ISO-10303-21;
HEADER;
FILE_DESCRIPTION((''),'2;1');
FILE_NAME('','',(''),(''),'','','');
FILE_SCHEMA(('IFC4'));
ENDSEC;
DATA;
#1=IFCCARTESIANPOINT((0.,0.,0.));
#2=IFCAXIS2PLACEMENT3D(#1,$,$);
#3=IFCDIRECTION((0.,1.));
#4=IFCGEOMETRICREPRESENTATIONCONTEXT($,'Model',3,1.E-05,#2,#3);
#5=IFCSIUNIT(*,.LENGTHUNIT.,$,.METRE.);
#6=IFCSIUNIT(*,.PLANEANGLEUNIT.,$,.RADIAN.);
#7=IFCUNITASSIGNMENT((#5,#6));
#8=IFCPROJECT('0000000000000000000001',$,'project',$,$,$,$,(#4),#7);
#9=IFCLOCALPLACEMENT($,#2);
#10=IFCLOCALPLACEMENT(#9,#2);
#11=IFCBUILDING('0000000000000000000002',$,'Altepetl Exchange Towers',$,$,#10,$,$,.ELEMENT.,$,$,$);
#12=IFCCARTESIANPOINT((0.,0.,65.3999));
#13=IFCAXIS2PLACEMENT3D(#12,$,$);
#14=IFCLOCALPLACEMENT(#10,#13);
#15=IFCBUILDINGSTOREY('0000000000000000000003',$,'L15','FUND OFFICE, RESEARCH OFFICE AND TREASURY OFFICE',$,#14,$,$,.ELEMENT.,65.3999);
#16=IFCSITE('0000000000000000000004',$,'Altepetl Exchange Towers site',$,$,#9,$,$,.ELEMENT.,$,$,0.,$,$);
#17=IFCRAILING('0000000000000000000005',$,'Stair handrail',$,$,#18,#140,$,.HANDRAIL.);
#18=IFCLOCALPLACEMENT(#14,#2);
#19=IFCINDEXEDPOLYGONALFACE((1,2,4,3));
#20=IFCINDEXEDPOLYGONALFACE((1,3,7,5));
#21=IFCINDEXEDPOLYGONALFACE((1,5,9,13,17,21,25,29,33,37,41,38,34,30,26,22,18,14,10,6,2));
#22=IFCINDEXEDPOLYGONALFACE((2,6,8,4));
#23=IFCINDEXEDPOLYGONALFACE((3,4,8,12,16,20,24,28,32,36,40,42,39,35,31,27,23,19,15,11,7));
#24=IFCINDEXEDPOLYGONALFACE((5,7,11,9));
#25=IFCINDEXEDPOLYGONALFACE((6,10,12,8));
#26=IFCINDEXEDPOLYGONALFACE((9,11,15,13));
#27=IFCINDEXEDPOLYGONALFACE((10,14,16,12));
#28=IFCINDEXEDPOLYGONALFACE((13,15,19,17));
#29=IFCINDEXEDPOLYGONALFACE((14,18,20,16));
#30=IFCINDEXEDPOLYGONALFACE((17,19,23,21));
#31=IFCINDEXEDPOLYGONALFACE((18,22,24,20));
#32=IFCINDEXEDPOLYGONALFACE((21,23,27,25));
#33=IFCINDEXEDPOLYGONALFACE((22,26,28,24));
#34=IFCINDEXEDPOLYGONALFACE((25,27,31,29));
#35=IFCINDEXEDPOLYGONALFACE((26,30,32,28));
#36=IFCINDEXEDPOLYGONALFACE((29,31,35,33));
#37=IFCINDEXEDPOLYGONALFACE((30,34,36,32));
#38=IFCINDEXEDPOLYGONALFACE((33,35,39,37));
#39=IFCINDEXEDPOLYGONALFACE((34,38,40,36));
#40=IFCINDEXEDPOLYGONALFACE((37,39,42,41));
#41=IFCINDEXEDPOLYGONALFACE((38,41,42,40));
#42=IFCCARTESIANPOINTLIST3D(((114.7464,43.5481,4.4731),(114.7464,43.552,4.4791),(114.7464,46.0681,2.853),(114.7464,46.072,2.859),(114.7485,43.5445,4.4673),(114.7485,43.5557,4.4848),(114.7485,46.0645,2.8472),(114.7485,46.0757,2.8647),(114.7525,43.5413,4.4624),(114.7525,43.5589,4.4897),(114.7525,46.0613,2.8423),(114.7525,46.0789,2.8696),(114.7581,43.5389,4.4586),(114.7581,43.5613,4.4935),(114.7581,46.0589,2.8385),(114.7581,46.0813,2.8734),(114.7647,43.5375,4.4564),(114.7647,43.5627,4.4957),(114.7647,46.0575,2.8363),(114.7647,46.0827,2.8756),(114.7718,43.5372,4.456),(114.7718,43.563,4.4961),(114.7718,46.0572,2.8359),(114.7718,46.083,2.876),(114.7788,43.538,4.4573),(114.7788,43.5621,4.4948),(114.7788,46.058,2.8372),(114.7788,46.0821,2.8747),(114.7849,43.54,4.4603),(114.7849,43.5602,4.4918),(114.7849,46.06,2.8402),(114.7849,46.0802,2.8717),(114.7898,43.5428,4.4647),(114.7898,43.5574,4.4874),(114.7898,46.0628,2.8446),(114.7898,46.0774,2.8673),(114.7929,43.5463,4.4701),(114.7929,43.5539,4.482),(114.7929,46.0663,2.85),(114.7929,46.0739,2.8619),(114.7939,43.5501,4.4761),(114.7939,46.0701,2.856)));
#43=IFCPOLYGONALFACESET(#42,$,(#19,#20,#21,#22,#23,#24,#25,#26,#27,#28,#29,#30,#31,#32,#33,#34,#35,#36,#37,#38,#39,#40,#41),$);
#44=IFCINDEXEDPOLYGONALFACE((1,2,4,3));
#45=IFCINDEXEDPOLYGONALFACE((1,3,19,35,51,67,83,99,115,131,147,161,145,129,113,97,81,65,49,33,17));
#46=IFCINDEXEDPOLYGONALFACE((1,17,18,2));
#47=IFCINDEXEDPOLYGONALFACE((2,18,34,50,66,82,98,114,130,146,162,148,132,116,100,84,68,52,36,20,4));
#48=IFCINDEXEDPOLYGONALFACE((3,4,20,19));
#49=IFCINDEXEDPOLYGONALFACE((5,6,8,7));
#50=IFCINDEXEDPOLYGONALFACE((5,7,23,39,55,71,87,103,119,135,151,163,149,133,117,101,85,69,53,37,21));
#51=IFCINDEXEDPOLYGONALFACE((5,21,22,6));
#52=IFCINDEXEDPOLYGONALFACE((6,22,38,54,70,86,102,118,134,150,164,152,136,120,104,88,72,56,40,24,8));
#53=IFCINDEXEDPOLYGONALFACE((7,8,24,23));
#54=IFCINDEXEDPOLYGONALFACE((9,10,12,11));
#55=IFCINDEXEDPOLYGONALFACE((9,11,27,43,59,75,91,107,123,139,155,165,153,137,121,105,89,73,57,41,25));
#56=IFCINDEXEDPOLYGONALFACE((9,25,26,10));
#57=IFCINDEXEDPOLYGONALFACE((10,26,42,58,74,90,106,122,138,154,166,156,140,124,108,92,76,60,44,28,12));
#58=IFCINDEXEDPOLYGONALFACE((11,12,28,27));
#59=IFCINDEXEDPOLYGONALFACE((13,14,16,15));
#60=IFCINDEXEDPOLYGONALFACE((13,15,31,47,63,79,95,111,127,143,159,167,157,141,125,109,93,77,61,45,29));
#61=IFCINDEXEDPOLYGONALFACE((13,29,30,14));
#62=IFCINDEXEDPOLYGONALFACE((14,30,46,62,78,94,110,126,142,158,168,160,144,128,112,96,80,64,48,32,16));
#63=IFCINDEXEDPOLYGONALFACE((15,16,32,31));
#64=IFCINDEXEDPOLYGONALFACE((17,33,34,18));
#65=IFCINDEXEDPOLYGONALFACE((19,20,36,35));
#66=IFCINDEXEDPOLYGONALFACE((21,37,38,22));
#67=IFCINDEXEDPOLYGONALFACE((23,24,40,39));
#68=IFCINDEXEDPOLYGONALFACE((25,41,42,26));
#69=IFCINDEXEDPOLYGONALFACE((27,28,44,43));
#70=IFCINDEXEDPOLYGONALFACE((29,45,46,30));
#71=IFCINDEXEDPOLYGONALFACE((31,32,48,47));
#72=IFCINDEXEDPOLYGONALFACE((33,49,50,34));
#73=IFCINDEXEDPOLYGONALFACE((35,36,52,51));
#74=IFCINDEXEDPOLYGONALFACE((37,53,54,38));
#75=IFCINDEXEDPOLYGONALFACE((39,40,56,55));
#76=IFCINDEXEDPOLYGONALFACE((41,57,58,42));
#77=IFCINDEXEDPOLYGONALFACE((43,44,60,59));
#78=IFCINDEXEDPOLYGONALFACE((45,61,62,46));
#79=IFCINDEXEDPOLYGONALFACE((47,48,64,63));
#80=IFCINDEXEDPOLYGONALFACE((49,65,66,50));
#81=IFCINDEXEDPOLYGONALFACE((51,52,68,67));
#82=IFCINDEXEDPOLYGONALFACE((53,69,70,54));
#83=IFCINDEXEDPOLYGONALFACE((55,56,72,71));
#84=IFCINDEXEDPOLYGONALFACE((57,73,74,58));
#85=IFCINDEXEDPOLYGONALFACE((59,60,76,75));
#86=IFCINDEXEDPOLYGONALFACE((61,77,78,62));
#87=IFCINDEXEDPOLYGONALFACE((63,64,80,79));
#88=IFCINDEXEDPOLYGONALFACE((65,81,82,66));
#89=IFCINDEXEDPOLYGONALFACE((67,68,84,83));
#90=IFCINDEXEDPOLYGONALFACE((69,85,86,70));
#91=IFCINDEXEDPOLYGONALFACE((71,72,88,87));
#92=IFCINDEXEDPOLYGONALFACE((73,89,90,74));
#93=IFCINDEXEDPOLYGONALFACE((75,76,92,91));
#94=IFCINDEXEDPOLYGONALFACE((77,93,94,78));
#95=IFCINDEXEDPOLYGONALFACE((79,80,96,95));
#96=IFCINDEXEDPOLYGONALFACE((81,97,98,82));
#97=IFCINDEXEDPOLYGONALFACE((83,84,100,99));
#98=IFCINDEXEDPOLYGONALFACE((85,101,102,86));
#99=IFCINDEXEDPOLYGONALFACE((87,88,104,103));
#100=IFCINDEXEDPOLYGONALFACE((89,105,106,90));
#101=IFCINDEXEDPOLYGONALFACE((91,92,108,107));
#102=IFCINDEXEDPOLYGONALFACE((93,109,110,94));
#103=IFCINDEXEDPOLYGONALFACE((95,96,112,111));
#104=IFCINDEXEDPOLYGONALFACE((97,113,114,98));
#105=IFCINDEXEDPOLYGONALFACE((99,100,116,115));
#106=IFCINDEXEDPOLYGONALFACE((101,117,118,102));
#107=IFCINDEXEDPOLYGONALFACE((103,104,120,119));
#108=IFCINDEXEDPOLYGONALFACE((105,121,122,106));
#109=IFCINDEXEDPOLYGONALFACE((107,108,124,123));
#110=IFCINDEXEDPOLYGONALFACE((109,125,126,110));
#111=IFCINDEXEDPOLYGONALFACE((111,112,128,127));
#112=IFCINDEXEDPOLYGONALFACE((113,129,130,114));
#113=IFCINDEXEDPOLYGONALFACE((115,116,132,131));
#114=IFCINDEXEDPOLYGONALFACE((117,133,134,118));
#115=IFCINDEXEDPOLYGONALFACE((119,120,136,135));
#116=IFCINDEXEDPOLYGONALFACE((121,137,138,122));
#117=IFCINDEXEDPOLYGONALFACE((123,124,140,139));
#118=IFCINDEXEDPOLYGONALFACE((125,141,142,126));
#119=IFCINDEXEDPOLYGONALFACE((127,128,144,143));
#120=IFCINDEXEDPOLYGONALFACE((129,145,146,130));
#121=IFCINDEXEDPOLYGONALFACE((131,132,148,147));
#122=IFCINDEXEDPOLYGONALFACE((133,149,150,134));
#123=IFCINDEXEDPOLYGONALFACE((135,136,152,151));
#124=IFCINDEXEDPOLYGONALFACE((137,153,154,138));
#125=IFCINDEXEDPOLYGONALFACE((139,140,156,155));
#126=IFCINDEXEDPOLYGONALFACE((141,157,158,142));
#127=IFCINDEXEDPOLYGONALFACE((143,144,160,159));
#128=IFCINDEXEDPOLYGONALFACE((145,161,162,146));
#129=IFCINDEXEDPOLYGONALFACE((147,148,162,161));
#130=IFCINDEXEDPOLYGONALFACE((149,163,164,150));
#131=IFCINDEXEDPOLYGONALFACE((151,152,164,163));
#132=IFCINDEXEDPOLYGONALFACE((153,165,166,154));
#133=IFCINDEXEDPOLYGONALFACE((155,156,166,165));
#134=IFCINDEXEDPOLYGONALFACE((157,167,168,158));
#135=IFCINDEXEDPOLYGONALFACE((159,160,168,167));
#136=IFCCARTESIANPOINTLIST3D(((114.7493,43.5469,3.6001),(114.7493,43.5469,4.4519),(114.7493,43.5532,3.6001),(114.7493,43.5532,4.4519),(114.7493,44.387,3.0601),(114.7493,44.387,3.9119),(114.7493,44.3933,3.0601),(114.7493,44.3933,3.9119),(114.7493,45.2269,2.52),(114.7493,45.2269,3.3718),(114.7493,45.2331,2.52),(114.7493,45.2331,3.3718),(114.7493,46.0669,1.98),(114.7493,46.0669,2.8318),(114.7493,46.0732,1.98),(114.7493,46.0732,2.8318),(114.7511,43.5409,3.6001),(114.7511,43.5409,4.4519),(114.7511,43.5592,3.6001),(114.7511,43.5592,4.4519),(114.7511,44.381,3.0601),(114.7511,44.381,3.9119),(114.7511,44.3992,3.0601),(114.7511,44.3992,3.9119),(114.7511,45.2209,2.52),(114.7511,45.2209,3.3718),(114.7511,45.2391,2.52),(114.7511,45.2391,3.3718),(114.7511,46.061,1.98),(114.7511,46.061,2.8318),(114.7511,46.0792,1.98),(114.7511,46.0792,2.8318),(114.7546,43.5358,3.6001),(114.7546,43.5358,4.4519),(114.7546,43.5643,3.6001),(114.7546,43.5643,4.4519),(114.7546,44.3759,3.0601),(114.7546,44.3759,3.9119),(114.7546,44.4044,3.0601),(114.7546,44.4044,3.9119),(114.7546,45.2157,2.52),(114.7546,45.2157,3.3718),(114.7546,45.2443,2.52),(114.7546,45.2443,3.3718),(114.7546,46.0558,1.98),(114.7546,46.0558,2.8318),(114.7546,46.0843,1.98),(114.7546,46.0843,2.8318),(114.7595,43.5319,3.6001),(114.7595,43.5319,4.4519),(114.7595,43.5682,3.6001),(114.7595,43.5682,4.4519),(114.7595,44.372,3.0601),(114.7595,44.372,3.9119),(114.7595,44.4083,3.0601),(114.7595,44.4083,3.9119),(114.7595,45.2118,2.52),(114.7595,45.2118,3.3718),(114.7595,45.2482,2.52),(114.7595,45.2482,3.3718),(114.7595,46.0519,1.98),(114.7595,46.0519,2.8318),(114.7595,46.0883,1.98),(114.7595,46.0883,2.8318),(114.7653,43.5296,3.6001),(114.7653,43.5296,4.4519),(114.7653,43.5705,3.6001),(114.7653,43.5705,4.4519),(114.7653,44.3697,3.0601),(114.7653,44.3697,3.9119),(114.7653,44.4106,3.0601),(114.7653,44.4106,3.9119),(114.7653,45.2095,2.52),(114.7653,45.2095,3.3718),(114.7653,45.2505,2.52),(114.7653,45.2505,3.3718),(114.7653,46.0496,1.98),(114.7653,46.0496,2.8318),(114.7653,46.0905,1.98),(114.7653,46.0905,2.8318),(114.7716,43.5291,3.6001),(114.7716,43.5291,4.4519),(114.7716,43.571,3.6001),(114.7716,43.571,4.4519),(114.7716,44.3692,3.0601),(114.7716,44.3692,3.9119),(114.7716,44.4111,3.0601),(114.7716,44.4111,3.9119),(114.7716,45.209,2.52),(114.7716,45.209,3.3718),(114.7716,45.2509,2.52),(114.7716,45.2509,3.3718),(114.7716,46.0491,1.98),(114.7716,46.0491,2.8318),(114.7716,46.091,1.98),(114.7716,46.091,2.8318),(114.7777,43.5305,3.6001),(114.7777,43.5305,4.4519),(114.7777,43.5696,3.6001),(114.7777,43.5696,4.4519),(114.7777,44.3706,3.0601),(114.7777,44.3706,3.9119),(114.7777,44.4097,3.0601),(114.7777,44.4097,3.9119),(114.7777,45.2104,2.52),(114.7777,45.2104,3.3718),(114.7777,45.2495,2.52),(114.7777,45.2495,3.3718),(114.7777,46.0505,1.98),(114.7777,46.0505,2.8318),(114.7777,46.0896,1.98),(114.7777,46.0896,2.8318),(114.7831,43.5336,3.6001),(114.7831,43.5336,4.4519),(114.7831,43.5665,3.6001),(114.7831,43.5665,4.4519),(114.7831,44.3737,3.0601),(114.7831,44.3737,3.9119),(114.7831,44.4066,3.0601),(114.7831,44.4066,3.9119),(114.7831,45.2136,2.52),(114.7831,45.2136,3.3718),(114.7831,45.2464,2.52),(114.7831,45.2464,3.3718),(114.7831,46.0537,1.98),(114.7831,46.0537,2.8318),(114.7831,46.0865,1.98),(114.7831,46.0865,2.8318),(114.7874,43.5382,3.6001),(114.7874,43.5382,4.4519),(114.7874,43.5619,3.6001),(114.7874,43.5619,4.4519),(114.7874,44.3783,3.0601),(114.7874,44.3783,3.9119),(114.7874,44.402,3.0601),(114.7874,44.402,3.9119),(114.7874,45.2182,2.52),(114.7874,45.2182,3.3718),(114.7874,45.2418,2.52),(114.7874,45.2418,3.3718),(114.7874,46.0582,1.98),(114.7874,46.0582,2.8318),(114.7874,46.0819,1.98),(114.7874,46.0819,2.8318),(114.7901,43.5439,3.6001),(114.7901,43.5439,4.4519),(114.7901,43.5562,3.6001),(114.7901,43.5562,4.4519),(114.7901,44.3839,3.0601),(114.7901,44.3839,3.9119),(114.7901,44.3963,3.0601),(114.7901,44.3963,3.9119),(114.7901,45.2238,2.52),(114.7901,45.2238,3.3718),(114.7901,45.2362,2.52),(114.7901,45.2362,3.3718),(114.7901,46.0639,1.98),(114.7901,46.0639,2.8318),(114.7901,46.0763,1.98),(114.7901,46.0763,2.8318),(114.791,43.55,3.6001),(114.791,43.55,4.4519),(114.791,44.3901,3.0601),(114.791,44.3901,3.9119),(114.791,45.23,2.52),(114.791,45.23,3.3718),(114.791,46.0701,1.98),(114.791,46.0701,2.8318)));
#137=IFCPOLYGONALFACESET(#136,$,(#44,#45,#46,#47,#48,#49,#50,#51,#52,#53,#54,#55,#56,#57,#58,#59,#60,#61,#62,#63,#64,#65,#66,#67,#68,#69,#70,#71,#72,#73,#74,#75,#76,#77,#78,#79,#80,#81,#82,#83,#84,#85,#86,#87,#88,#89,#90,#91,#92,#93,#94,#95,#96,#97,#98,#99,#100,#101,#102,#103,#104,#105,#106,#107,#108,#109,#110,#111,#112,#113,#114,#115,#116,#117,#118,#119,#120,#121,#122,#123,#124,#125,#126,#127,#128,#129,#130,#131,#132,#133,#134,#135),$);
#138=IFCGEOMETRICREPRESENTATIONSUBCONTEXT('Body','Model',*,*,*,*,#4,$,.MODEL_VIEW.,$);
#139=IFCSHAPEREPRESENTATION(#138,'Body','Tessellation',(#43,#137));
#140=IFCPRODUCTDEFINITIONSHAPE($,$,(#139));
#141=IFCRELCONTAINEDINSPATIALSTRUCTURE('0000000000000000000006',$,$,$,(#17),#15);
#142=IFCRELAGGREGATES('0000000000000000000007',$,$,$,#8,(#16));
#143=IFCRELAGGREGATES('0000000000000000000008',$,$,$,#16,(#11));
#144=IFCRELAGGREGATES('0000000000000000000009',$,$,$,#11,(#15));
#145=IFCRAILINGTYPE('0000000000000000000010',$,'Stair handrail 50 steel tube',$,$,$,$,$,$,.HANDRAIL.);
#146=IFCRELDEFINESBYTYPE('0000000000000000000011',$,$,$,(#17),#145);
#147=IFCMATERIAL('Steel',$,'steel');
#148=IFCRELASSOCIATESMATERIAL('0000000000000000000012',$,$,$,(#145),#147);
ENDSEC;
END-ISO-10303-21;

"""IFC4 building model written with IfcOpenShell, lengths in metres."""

from ifc_helpers import new_model, si_unit, direction, frame, origin, origin_2d, place, context, subcontext, project, spatial, circle, extrude, source, transform, mapped, material, type_object, element, save


model = new_model("IFC4")

# Units and contexts
model_context = context("Model", 3, precision=1e-05, world=origin(), true_north=direction((0.0, 1.0)))
body_context = subcontext(model_context, "Body", "Model", "MODEL_VIEW")
ifc_project = project(units=[si_unit("LENGTHUNIT", "METRE"), si_unit("PLANEANGLEUNIT", "RADIAN")], contexts=[model_context])

# Site, building, storey
site_placement = place(None, origin())
site = spatial("IfcSite", under=ifc_project, at=site_placement, Name="Altepetl Exchange Towers site", CompositionType="ELEMENT", RefElevation=0.0)
building_placement = place(site_placement, origin())
building = spatial("IfcBuilding", under=site, at=building_placement, Name="Altepetl Exchange Towers", CompositionType="ELEMENT")
storey_placement = place(building_placement, frame((0.0, 0.0, 65.3999)))
storey = spatial("IfcBuildingStorey", under=building, at=storey_placement, Name="L15", Description="FUND OFFICE, RESEARCH OFFICE AND TREASURY OFFICE", CompositionType="ELEMENT", Elevation=65.3999)

# Railing
ifc_material_1 = material(Name="Steel", Category="steel")
railing_type = type_object("IfcRailingType", Name="Stair handrail 50 steel tube", PredefinedType="HANDRAIL", material=ifc_material_1)
shared_shape = source(origin(), body_context, "Body", "SweptSolid", [
    extrude(circle(Radius=0.021, at=origin_2d()), origin(), (0.0, 0.0, 1.0), 0.8518),
])
railing_1_placement = place(storey_placement, frame((114.77, 46.0701, 1.98)))
element("IfcRailing", 1, at=railing_1_placement, inside=storey, type_object=railing_type, Name="Stair handrail", PredefinedType="HANDRAIL", context=body_context, shape_type="SweptSolid", body=[
    extrude(circle(Radius=0.0239, at=origin_2d()), frame((0.0, 0.0, 0.876), z_axis=(0.0, -0.841163, 0.540782), x_axis=(1.0, 0.0, 0.0)), (0.0, 0.0, 1.0), 2.9958),
    mapped(shared_shape, transform((0.0, 0.0, 0.0))),
    mapped(shared_shape, transform((0.0, -0.8401, 0.54))),
    mapped(shared_shape, transform((0.0, -1.6799, 1.0801))),
    mapped(shared_shape, transform((0.0, -2.52, 1.6201))),
])

save(model, "model.ifc")
